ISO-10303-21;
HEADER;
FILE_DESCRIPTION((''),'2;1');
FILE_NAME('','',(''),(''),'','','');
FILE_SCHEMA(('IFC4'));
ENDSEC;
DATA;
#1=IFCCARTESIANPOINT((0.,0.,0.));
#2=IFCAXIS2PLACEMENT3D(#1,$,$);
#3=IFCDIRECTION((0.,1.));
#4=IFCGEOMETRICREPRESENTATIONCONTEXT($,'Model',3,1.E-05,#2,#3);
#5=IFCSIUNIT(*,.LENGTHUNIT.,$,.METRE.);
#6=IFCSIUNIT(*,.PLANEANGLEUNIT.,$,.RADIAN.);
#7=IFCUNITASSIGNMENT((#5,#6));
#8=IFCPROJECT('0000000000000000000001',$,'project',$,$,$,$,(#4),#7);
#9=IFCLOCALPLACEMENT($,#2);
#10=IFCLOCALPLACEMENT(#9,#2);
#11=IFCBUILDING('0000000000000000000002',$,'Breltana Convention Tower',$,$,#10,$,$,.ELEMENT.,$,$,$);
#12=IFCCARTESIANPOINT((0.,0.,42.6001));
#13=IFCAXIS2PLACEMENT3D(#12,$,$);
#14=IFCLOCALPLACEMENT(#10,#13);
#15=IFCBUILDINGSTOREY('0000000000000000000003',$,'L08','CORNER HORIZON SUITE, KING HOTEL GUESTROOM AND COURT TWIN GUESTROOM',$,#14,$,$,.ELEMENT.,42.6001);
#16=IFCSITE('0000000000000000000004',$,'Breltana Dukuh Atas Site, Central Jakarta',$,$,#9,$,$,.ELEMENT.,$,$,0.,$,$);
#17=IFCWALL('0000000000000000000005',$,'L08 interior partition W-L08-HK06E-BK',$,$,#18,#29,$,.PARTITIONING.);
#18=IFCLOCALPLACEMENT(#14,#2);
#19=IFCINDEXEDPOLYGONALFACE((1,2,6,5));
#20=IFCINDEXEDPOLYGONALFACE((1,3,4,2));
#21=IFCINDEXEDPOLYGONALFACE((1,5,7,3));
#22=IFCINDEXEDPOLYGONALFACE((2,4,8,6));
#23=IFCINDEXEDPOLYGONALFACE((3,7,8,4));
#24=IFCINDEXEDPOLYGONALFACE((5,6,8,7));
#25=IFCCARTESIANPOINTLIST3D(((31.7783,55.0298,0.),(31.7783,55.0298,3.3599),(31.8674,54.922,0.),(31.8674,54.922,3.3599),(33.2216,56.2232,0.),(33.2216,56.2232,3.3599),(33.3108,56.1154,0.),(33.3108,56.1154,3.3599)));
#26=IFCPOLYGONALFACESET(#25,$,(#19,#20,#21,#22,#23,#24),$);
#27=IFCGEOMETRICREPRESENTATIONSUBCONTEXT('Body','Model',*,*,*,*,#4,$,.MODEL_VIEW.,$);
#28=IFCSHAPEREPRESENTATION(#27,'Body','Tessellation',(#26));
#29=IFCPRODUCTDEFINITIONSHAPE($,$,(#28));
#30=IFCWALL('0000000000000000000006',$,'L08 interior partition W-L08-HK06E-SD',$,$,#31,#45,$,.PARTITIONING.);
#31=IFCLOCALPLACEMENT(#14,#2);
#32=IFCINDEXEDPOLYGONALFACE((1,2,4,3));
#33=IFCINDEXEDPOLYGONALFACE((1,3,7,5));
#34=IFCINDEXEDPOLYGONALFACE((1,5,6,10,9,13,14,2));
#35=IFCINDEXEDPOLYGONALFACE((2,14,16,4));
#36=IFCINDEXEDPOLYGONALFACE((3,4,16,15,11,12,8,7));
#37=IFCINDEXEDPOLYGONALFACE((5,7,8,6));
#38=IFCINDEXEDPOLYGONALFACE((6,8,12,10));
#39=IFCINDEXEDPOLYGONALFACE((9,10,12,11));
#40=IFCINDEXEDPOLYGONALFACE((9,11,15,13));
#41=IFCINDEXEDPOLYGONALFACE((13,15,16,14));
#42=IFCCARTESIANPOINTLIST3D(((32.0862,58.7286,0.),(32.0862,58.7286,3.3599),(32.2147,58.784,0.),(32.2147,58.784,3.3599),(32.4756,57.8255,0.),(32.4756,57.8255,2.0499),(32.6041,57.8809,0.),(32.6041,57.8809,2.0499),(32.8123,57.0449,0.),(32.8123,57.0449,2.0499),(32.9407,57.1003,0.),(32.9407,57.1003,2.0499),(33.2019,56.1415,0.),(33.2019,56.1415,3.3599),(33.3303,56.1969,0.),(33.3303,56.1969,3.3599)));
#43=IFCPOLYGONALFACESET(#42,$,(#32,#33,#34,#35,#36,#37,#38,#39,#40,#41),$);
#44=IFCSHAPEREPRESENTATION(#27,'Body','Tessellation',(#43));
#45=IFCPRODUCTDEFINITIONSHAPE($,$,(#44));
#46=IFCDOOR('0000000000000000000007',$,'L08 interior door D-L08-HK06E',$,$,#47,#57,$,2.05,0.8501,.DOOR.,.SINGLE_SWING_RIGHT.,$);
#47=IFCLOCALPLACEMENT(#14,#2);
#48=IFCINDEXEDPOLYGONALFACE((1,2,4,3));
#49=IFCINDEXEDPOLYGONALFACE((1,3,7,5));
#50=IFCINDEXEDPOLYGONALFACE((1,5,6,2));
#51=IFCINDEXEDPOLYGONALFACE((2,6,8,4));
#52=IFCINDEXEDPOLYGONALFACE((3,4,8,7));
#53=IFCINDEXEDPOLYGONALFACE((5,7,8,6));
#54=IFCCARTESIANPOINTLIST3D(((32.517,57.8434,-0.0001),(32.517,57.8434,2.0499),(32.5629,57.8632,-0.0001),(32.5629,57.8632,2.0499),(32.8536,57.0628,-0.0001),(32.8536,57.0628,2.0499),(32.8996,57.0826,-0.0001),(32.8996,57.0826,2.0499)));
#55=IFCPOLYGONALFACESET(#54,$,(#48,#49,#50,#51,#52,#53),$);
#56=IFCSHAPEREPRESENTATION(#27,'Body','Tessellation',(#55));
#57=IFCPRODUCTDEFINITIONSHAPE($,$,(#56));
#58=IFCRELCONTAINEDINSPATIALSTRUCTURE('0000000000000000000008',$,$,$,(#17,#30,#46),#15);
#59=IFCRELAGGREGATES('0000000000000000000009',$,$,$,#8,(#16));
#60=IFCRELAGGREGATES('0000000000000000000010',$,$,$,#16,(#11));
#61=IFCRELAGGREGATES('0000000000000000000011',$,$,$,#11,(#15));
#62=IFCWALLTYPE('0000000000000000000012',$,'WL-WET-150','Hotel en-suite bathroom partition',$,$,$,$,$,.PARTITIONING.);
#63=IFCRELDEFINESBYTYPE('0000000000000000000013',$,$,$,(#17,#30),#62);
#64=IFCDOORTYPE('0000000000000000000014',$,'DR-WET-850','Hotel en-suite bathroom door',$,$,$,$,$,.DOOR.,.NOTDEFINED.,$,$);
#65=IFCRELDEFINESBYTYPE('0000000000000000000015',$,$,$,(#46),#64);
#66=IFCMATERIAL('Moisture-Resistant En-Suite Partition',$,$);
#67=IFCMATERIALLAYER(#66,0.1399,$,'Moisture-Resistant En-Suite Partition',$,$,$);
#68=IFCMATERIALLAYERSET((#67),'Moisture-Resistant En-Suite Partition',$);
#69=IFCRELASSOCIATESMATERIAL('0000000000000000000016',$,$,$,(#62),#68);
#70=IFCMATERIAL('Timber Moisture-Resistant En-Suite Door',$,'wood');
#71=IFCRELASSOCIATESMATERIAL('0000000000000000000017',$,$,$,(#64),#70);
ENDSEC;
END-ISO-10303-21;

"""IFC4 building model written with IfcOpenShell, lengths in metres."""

from ifc_helpers import new_model, si_unit, direction, frame, frame_2d, origin, place, context, subcontext, project, spatial, rectangle, extrude, source, transform, mapped, material, layer, layer_set, type_object, type_shapes, element, fill, save


model = new_model("IFC4")

# Units and contexts
model_context = context("Model", 3, precision=1e-05, world=origin(), true_north=direction((0.0, 1.0)))
body_context = subcontext(model_context, "Body", "Model", "MODEL_VIEW")
ifc_project = project(units=[si_unit("LENGTHUNIT", "METRE"), si_unit("PLANEANGLEUNIT", "RADIAN")], contexts=[model_context])

# Site, building, storey
site_placement = place(None, origin())
site = spatial("IfcSite", under=ifc_project, at=site_placement, Name="Breltana Dukuh Atas Site, Central Jakarta", CompositionType="ELEMENT", RefElevation=0.0)
building_placement = place(site_placement, origin())
building = spatial("IfcBuilding", under=site, at=building_placement, Name="Breltana Convention Tower", CompositionType="ELEMENT")
storey_placement = place(building_placement, frame((0.0, 0.0, 42.6001)))
storey = spatial("IfcBuildingStorey", under=building, at=storey_placement, Name="L08", Description="CORNER HORIZON SUITE, KING HOTEL GUESTROOM AND COURT TWIN GUESTROOM", CompositionType="ELEMENT", Elevation=42.6001)

# Shared definitions
ifc_material_1 = material(Name="Moisture-Resistant En-Suite Partition")
ifc_layer_1 = layer(ifc_material_1, 0.1399, Name="Moisture-Resistant En-Suite Partition")
ifc_layer_set_1 = layer_set([ifc_layer_1], Name="Moisture-Resistant En-Suite Partition")
wall_type_1 = type_object("IfcWallType", Name="WL-WET-150", Description="Hotel en-suite bathroom partition", PredefinedType="PARTITIONING", material=ifc_layer_set_1)

# Shared definitions
ifc_material_2 = material(Name="Timber Moisture-Resistant En-Suite Door", Category="wood")
door_type_1 = type_object("IfcDoorType", Name="DR-WET-850", Description="Hotel en-suite bathroom door", OperationType="NOTDEFINED", PredefinedType="DOOR", material=ifc_material_2)
shared_shape_1 = source(origin(), body_context, "Body", "SweptSolid", [
    extrude(rectangle(XDim=0.8501, YDim=2.05, at=frame_2d((0.425, 1.0249))), frame((0.0, 0.0249, 0.0), z_axis=(0.0, -1.0, 0.0), x_axis=(1.0, 0.0, 0.0)), (0.0, 0.0, 1.0), 0.05),
])
type_shapes(door_type_1, [shared_shape_1])

# Wall
shared_shape_2 = source(origin(), body_context, "Body", "SweptSolid", [
    extrude(rectangle(XDim=1.8728, YDim=0.1399, at=frame_2d((0.9365, 0.0))), origin(), (0.0, 0.0, 1.0), 3.3599),
])
wall_1_placement = place(storey_placement, frame((31.8228, 54.9758, 0.0), z_axis=(0.0, 0.0, 1.0), x_axis=(0.770695, 0.637205, 0.0)))
element("IfcWall", 1, at=wall_1_placement, inside=storey, type_object=wall_type_1, Name="L08 interior partition W-L08-HK06E-BK", PredefinedType="PARTITIONING", context=body_context, shape_type="MappedRepresentation", body=[
    mapped(shared_shape_2, transform((0.0, 0.0, 0.0), scale=1.0)),
])

# Wall, opening, door
shared_shape_3 = source(origin(), body_context, "Body", "SweptSolid", [
    extrude(rectangle(XDim=2.8174, YDim=0.1399, at=frame_2d((1.4087, 0.0))), origin(), (0.0, 0.0, 1.0), 3.3599),
])
wall_2_placement = place(storey_placement, frame((33.2661, 56.1692, 0.0), z_axis=(0.0, 0.0, 1.0), x_axis=(-0.395999, 0.918251, 0.0)))
wall_2 = element("IfcWall", 2, at=wall_2_placement, inside=storey, type_object=wall_type_1, Name="L08 interior partition W-L08-HK06E-SD", PredefinedType="PARTITIONING", context=body_context, shape_type="MappedRepresentation", body=[
    mapped(shared_shape_3, transform((0.0, 0.0, 0.0), scale=1.0)),
])
opening_1_placement = place(wall_2_placement, frame((0.9839, 0.0, 0.0)))
opening_1 = element("IfcOpeningElement", 3, at=opening_1_placement, cuts=wall_2, PredefinedType="OPENING", context=body_context, shape_type="SweptSolid", body=[
    extrude(rectangle(XDim=0.8501, YDim=2.05, at=frame_2d((0.425, 1.0249))), frame((0.0, 0.0801, 0.0), z_axis=(0.0, -1.0, 0.0), x_axis=(1.0, 0.0, 0.0)), (0.0, 0.0, 1.0), 0.1599),
])
door_1_placement = place(opening_1_placement, origin())
door_1 = element("IfcDoor", 4, at=door_1_placement, inside=storey, type_object=door_type_1, Name="L08 interior door D-L08-HK06E", OperationType="SINGLE_SWING_RIGHT", OverallHeight=2.05, OverallWidth=0.8501, PredefinedType="DOOR", context=body_context, shape_type="MappedRepresentation", body=[
    mapped(shared_shape_1, transform((0.0, 0.0, 0.0), scale=1.0)),
])
fill(opening_1, door_1)

save(model, "model.ifc")
